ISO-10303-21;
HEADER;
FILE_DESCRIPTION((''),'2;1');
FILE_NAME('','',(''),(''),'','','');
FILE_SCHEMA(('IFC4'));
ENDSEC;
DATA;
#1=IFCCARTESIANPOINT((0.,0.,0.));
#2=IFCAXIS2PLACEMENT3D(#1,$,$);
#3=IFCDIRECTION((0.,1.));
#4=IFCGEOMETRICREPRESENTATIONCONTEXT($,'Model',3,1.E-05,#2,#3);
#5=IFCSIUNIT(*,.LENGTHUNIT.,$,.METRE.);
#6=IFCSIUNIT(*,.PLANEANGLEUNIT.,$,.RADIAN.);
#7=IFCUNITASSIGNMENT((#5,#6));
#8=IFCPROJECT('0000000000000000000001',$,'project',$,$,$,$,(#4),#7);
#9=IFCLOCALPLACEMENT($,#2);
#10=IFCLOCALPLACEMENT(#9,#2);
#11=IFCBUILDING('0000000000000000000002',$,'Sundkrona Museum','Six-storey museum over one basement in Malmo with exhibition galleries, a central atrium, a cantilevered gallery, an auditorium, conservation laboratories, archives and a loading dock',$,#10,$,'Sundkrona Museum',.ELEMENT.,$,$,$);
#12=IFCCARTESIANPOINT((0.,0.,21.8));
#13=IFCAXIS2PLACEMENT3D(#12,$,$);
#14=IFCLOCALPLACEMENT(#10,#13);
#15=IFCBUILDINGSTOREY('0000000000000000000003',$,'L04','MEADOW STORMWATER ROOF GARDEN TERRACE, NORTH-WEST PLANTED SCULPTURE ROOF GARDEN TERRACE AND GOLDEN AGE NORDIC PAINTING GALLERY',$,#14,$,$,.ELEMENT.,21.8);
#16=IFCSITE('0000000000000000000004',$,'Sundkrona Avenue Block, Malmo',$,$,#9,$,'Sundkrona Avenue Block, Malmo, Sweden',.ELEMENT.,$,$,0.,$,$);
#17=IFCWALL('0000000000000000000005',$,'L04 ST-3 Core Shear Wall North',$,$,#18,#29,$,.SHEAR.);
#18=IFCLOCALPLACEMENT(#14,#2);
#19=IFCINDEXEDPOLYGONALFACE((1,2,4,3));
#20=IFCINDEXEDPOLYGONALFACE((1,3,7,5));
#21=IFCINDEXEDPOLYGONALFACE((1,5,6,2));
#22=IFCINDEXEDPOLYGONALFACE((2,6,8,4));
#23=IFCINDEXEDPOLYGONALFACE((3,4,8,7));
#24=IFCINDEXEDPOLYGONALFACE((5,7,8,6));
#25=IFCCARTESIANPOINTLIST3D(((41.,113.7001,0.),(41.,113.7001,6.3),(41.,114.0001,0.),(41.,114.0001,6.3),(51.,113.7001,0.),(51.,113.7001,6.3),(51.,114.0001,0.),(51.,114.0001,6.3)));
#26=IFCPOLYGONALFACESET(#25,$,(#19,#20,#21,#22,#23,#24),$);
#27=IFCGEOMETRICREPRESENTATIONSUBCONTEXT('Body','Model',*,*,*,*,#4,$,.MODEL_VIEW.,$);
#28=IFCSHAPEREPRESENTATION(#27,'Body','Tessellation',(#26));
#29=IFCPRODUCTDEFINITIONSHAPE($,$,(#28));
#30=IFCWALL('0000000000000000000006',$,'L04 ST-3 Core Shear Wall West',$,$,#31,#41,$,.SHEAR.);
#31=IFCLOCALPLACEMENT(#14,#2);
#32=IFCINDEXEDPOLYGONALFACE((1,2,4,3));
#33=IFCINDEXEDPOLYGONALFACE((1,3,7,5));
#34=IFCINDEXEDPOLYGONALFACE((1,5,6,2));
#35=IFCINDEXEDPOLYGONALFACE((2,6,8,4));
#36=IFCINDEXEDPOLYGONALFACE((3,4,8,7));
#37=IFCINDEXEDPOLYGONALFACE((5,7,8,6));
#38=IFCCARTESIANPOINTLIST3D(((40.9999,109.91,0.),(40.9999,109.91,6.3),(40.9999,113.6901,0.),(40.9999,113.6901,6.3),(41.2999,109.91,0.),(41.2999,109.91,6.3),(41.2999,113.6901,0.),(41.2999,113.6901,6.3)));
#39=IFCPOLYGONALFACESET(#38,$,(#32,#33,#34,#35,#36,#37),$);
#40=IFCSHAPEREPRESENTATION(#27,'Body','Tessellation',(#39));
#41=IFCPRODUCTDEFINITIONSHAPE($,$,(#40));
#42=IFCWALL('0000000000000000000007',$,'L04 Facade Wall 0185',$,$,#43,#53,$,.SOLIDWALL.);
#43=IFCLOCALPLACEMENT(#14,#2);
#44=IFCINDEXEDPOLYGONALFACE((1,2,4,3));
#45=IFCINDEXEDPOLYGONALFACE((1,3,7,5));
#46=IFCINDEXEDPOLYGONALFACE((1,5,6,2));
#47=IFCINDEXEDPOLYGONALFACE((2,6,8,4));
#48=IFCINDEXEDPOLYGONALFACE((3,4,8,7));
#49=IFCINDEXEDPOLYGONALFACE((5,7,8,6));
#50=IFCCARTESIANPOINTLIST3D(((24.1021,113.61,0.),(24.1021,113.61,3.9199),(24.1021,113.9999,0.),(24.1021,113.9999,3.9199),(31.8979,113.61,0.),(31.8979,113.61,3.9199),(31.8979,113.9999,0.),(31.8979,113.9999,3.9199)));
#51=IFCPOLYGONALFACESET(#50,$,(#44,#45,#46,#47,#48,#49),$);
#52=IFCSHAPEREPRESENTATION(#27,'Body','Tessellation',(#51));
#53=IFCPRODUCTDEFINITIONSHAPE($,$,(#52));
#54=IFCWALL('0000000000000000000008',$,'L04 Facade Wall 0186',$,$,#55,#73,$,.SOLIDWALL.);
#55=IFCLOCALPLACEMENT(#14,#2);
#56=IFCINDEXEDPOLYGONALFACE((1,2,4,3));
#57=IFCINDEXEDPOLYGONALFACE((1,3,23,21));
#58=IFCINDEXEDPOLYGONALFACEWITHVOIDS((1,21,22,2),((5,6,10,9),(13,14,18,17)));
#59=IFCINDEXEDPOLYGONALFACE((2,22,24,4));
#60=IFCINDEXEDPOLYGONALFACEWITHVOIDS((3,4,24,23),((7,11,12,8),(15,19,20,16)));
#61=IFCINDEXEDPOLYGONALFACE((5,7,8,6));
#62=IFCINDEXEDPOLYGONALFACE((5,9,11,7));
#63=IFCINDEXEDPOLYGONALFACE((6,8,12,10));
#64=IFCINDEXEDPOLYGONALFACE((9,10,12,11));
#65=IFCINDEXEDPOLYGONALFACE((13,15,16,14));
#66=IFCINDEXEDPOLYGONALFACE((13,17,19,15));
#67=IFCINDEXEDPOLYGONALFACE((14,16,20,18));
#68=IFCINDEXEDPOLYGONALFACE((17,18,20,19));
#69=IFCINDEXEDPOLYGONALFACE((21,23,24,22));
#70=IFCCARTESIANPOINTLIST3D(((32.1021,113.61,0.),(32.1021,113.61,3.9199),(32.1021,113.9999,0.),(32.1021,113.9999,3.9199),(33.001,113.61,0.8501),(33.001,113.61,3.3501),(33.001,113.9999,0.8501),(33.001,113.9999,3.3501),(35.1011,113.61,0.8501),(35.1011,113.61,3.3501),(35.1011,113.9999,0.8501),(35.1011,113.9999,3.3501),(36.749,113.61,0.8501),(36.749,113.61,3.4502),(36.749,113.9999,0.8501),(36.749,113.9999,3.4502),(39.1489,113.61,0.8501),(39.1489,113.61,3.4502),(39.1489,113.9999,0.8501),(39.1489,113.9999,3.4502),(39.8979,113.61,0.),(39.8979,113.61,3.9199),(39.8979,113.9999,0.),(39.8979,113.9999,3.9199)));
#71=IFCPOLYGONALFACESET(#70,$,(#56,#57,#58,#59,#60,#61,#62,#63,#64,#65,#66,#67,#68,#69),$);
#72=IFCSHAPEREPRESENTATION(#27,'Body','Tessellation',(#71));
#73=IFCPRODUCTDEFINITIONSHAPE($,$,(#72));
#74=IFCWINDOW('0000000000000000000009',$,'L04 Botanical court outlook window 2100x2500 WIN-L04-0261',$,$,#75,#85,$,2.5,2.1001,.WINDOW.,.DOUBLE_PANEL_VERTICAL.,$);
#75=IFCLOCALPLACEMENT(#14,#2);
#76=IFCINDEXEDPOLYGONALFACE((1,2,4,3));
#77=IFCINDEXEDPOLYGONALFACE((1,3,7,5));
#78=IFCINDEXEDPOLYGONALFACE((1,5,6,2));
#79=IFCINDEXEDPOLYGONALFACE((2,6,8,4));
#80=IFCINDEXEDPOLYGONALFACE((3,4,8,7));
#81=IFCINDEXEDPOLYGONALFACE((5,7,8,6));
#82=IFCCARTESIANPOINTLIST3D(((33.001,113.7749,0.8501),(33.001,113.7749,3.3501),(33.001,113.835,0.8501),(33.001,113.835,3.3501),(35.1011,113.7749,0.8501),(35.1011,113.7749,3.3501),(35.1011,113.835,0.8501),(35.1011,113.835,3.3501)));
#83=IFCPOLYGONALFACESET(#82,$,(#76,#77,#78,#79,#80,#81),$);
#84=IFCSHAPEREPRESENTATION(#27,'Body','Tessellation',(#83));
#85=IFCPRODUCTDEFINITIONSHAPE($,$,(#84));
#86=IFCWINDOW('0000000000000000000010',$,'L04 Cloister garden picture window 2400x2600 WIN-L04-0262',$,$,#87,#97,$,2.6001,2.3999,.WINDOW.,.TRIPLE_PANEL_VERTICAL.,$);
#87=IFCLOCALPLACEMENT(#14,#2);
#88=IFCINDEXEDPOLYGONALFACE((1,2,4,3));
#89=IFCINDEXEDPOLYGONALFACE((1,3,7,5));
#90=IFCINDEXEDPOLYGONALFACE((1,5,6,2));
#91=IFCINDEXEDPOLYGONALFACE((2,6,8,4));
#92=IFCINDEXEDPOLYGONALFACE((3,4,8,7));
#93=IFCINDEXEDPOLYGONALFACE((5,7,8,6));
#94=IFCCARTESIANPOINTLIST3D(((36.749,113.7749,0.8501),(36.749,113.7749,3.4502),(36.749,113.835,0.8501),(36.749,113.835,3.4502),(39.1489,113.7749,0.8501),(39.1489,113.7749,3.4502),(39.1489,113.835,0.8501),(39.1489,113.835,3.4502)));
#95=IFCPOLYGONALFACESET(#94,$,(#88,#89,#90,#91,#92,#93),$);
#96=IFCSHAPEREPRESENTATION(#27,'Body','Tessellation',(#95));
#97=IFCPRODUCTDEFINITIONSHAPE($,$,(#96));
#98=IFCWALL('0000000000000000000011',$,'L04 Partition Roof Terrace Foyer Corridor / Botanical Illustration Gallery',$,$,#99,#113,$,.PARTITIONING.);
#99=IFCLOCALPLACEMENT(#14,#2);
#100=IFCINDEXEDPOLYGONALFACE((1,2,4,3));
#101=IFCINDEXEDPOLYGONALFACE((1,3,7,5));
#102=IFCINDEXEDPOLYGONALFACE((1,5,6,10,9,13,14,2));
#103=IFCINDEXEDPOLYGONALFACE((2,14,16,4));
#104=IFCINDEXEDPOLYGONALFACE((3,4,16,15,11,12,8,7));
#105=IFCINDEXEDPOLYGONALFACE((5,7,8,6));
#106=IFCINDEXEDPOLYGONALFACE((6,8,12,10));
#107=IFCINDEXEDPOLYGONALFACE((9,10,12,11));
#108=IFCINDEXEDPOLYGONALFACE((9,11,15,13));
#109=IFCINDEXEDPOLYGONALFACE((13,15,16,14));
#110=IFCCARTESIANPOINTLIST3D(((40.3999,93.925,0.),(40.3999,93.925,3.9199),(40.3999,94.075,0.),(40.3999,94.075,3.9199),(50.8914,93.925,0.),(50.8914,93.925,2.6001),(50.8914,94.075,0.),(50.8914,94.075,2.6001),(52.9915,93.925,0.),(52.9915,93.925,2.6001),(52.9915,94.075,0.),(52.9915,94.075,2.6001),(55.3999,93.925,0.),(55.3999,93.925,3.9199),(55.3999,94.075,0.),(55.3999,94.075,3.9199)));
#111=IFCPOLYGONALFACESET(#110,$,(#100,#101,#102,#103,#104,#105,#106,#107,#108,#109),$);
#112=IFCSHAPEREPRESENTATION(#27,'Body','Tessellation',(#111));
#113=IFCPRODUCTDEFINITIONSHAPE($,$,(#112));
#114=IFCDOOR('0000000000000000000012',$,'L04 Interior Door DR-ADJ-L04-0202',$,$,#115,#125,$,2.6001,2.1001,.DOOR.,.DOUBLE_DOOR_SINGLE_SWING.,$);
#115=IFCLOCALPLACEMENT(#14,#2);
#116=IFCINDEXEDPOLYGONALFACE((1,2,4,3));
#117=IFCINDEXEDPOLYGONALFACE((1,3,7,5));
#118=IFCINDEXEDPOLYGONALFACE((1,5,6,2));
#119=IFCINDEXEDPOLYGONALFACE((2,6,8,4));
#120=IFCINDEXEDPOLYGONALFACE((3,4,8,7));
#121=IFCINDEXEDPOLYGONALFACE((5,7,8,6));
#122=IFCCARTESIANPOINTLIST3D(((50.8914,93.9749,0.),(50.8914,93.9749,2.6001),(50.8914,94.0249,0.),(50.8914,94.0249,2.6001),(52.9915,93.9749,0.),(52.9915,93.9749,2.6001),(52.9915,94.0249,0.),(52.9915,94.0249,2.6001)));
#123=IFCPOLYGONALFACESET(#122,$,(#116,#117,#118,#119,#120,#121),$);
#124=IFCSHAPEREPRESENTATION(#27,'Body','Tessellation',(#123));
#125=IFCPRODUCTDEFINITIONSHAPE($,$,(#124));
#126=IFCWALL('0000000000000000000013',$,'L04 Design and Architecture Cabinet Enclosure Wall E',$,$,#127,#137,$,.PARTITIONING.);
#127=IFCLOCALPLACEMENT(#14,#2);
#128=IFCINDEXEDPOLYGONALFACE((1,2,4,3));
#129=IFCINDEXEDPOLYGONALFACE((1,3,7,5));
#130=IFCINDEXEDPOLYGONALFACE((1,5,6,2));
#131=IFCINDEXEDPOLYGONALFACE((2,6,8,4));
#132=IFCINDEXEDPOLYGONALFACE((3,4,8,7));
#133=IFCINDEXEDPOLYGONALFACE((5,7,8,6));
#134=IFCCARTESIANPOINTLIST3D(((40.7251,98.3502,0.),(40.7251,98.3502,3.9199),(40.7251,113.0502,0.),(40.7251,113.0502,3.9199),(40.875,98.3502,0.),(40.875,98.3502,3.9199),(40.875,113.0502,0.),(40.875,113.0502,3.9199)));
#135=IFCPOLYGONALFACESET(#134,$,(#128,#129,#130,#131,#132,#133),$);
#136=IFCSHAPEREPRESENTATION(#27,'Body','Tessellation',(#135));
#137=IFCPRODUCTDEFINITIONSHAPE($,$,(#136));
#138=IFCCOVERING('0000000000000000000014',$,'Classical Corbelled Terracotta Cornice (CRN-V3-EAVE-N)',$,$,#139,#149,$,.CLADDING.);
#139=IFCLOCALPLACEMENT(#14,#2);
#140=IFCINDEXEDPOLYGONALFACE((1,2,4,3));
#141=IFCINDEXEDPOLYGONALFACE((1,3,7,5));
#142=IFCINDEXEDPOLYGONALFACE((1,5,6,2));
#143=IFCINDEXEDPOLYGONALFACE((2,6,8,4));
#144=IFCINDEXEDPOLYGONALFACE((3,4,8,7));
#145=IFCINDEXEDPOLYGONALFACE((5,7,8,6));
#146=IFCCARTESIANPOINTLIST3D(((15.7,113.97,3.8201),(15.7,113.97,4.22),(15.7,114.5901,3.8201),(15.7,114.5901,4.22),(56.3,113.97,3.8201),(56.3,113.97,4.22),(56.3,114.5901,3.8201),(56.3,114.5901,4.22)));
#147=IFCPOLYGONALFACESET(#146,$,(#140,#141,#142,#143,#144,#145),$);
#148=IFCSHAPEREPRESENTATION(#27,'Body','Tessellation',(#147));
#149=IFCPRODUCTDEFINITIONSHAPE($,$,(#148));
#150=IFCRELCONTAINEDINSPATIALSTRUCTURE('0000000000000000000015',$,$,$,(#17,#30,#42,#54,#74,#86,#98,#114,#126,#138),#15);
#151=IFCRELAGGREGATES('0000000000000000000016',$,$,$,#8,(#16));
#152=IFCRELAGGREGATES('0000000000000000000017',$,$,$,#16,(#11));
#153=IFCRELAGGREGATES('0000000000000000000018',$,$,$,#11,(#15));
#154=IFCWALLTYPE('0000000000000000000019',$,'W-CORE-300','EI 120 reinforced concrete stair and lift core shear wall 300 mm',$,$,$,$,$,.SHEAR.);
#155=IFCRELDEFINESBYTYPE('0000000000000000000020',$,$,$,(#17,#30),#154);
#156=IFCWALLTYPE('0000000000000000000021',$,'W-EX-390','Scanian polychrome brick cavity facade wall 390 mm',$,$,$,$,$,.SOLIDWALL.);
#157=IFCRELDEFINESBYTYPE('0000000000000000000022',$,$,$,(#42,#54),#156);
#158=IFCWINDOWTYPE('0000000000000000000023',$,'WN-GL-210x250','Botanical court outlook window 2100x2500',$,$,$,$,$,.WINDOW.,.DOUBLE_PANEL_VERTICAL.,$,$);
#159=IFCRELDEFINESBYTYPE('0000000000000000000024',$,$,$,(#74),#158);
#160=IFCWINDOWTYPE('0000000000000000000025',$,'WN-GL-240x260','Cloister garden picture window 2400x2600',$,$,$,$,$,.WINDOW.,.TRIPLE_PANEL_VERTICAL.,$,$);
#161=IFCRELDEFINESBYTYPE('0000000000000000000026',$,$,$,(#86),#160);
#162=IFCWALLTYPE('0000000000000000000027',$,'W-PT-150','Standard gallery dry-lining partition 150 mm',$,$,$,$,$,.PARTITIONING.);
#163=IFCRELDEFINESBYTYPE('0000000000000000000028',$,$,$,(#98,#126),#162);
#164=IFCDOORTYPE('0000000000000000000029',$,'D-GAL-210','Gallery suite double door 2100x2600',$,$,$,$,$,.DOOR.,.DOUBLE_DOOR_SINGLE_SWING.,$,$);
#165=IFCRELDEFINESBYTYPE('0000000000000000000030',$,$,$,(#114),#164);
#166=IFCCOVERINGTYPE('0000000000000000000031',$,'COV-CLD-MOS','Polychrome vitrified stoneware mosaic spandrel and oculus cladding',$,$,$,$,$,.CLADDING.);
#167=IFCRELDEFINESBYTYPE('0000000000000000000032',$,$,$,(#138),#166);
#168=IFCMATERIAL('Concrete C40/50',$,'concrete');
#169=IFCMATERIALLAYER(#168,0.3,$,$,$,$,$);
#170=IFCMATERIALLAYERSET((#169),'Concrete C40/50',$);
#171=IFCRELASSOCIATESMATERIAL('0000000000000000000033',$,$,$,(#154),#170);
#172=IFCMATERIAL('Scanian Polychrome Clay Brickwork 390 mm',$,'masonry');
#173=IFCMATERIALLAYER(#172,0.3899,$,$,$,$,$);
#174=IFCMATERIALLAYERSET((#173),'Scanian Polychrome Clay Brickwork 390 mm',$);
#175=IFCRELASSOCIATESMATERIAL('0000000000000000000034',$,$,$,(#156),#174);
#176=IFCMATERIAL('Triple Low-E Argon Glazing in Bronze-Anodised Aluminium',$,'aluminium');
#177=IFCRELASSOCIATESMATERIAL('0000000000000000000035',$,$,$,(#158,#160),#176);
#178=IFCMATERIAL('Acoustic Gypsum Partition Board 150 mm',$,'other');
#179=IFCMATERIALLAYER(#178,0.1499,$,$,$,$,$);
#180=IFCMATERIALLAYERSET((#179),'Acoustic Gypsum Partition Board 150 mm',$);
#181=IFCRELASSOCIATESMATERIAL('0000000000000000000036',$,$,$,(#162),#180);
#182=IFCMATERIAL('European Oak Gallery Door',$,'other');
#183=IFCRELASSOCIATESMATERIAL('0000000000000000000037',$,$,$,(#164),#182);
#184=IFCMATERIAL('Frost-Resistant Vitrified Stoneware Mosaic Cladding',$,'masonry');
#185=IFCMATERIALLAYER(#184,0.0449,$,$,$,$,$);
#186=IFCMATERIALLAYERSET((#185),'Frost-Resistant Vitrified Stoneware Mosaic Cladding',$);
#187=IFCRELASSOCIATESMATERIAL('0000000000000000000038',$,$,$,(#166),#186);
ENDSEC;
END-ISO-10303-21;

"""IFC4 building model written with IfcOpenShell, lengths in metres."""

from ifc_helpers import new_model, si_unit, direction, frame, frame_2d, origin, origin_2d, place, context, subcontext, project, spatial, rectangle, extrude, material, layer, layer_set, type_object, element, fill, save


model = new_model("IFC4")

# Units and contexts
model_context = context("Model", 3, precision=1e-05, world=origin(), true_north=direction((0.0, 1.0)))
body_context = subcontext(model_context, "Body", "Model", "MODEL_VIEW")
ifc_project = project(units=[si_unit("LENGTHUNIT", "METRE"), si_unit("PLANEANGLEUNIT", "RADIAN")], contexts=[model_context])

# Site, building, storey
site_placement = place(None, origin())
site = spatial("IfcSite", under=ifc_project, at=site_placement, Name="Sundkrona Avenue Block, Malmo", LongName="Sundkrona Avenue Block, Malmo, Sweden", CompositionType="ELEMENT", RefElevation=0.0)
building_placement = place(site_placement, origin())
building = spatial("IfcBuilding", under=site, at=building_placement, Name="Sundkrona Museum", Description="Six-storey museum over one basement in Malmo with exhibition galleries, a central atrium, a cantilevered gallery, an auditorium, conservation laboratories, archives and a loading dock", LongName="Sundkrona Museum", CompositionType="ELEMENT")
storey_placement = place(building_placement, frame((0.0, 0.0, 21.8)))
storey = spatial("IfcBuildingStorey", under=building, at=storey_placement, Name="L04", Description="MEADOW STORMWATER ROOF GARDEN TERRACE, NORTH-WEST PLANTED SCULPTURE ROOF GARDEN TERRACE AND GOLDEN AGE NORDIC PAINTING GALLERY", CompositionType="ELEMENT", Elevation=21.8)

# Walls
ifc_material_1 = material(Name="Concrete C40/50", Category="concrete")
ifc_layer_1 = layer(ifc_material_1, 0.3)
ifc_layer_set_1 = layer_set([ifc_layer_1], Name="Concrete C40/50")
wall_type_1 = type_object("IfcWallType", Name="W-CORE-300", Description="EI 120 reinforced concrete stair and lift core shear wall 300 mm", PredefinedType="SHEAR", material=ifc_layer_set_1)
for number, where, z_axis, x_axis, name in (
    (1, (41.0, 113.8501, 0.0), (0.0, 0.0, 1.0), (1.0, 0.0, 0.0), "L04 ST-3 Core Shear Wall North"),
):
    element("IfcWall", number, at=place(storey_placement, frame(where, z_axis=z_axis, x_axis=x_axis)), inside=storey, type_object=wall_type_1, Name=name, PredefinedType="SHEAR", context=body_context, shape_type="SweptSolid", body=[
        extrude(rectangle(XDim=10.0, YDim=0.3, at=frame_2d((5.0, 0.0))), origin(), (0.0, 0.0, 1.0), 6.3),
    ])
wall_1_placement = place(storey_placement, frame((41.1499, 109.9099, 0.0), z_axis=(0.0, 0.0, 1.0), x_axis=(0.0, 1.0, 0.0)))
element("IfcWall", 2, at=wall_1_placement, inside=storey, type_object=wall_type_1, Name="L04 ST-3 Core Shear Wall West", PredefinedType="SHEAR", context=body_context, shape_type="SweptSolid", body=[
    extrude(rectangle(XDim=3.78, YDim=0.3, at=frame_2d((1.8901, 0.0))), origin(), (0.0, 0.0, 1.0), 6.3),
])
ifc_material_2 = material(Name="Scanian Polychrome Clay Brickwork 390 mm", Category="masonry")
ifc_layer_2 = layer(ifc_material_2, 0.3899)
ifc_layer_set_2 = layer_set([ifc_layer_2], Name="Scanian Polychrome Clay Brickwork 390 mm")
wall_type_2 = type_object("IfcWallType", Name="W-EX-390", Description="Scanian polychrome brick cavity facade wall 390 mm", PredefinedType="SOLIDWALL", material=ifc_layer_set_2)
wall_2_placement = place(storey_placement, frame((24.1021, 113.8049, 0.0), z_axis=(0.0, 0.0, 1.0), x_axis=(1.0, 0.0, 0.0)))
element("IfcWall", 3, at=wall_2_placement, inside=storey, type_object=wall_type_2, Name="L04 Facade Wall 0185", PredefinedType="SOLIDWALL", context=body_context, shape_type="SweptSolid", body=[
    extrude(rectangle(XDim=7.7959, YDim=0.3899, at=frame_2d((3.8979, 0.0))), origin(), (0.0, 0.0, 1.0), 3.9199),
])

# Wall, openings, windows
wall_3_placement = place(storey_placement, frame((32.1021, 113.8049, 0.0), z_axis=(0.0, 0.0, 1.0), x_axis=(1.0, 0.0, 0.0)))
wall_3 = element("IfcWall", 4, at=wall_3_placement, inside=storey, type_object=wall_type_2, Name="L04 Facade Wall 0186", PredefinedType="SOLIDWALL", context=body_context, shape_type="SweptSolid", body=[
    extrude(rectangle(XDim=7.7959, YDim=0.3899, at=frame_2d((3.8979, 0.0))), origin(), (0.0, 0.0, 1.0), 3.9199),
])
opening_1_placement = place(wall_3_placement, frame((0.8989, 0.0, 0.8501)))
opening_1 = element("IfcOpeningElement", 5, at=opening_1_placement, cuts=wall_3, PredefinedType="OPENING", context=body_context, shape_type="SweptSolid", body=[
    extrude(rectangle(XDim=2.1001, YDim=2.5, at=frame_2d((1.05, 1.25))), frame((0.0, 0.2048, 0.0), z_axis=(0.0, -1.0, 0.0), x_axis=(1.0, 0.0, 0.0)), (0.0, 0.0, 1.0), 0.4099),
])
opening_2_placement = place(wall_3_placement, frame((4.647, 0.0, 0.8501)))
opening_2 = element("IfcOpeningElement", 6, at=opening_2_placement, cuts=wall_3, PredefinedType="OPENING", context=body_context, shape_type="SweptSolid", body=[
    extrude(rectangle(XDim=2.3999, YDim=2.6001, at=frame_2d((1.2, 1.3))), frame((0.0, 0.2048, 0.0), z_axis=(0.0, -1.0, 0.0), x_axis=(1.0, 0.0, 0.0)), (0.0, 0.0, 1.0), 0.4099),
])
ifc_material_3 = material(Name="Triple Low-E Argon Glazing in Bronze-Anodised Aluminium", Category="aluminium")
window_type_1 = type_object("IfcWindowType", Name="WN-GL-210x250", Description="Botanical court outlook window 2100x2500", PartitioningType="DOUBLE_PANEL_VERTICAL", PredefinedType="WINDOW", material=ifc_material_3)
window_1_placement = place(opening_1_placement, origin())
window_1 = element("IfcWindow", 7, at=window_1_placement, inside=storey, type_object=window_type_1, Name="L04 Botanical court outlook window 2100x2500 WIN-L04-0261", OverallHeight=2.5, OverallWidth=2.1001, PartitioningType="DOUBLE_PANEL_VERTICAL", PredefinedType="WINDOW", context=body_context, shape_type="SweptSolid", body=[
    extrude(rectangle(XDim=2.1001, YDim=2.5, at=frame_2d((1.05, 1.25))), frame((0.0, 0.03, 0.0), z_axis=(0.0, -1.0, 0.0), x_axis=(1.0, 0.0, 0.0)), (0.0, 0.0, 1.0), 0.0601),
])
fill(opening_1, window_1)
window_type_2 = type_object("IfcWindowType", Name="WN-GL-240x260", Description="Cloister garden picture window 2400x2600", PartitioningType="TRIPLE_PANEL_VERTICAL", PredefinedType="WINDOW", material=ifc_material_3)
window_2_placement = place(opening_2_placement, origin())
window_2 = element("IfcWindow", 8, at=window_2_placement, inside=storey, type_object=window_type_2, Name="L04 Cloister garden picture window 2400x2600 WIN-L04-0262", OverallHeight=2.6001, OverallWidth=2.3999, PartitioningType="TRIPLE_PANEL_VERTICAL", PredefinedType="WINDOW", context=body_context, shape_type="SweptSolid", body=[
    extrude(rectangle(XDim=2.3999, YDim=2.6001, at=frame_2d((1.2, 1.3))), frame((0.0, 0.03, 0.0), z_axis=(0.0, -1.0, 0.0), x_axis=(1.0, 0.0, 0.0)), (0.0, 0.0, 1.0), 0.0601),
])
fill(opening_2, window_2)

# Wall, opening, door
ifc_material_4 = material(Name="Acoustic Gypsum Partition Board 150 mm", Category="other")
ifc_layer_3 = layer(ifc_material_4, 0.1499)
ifc_layer_set_3 = layer_set([ifc_layer_3], Name="Acoustic Gypsum Partition Board 150 mm")
wall_type_3 = type_object("IfcWallType", Name="W-PT-150", Description="Standard gallery dry-lining partition 150 mm", PredefinedType="PARTITIONING", material=ifc_layer_set_3)
wall_4_placement = place(storey_placement, frame((40.3999, 94.0, 0.0), z_axis=(0.0, 0.0, 1.0), x_axis=(1.0, 0.0, 0.0)))
wall_4 = element("IfcWall", 9, at=wall_4_placement, inside=storey, type_object=wall_type_3, Name="L04 Partition Roof Terrace Foyer Corridor / Botanical Illustration Gallery", PredefinedType="PARTITIONING", context=body_context, shape_type="SweptSolid", body=[
    extrude(rectangle(XDim=15.0, YDim=0.1499, at=frame_2d((7.5, 0.0))), origin(), (0.0, 0.0, 1.0), 3.9199),
])
opening_3_placement = place(wall_4_placement, frame((10.4915, 0.0, 0.0)))
opening_3 = element("IfcOpeningElement", 10, at=opening_3_placement, cuts=wall_4, PredefinedType="OPENING", context=body_context, shape_type="SweptSolid", body=[
    extrude(rectangle(XDim=2.1001, YDim=2.6001, at=frame_2d((1.05, 1.3))), frame((0.0, 0.085, 0.0), z_axis=(0.0, -1.0, 0.0), x_axis=(1.0, 0.0, 0.0)), (0.0, 0.0, 1.0), 0.1699),
])
ifc_material_5 = material(Name="European Oak Gallery Door", Category="other")
door_type = type_object("IfcDoorType", Name="D-GAL-210", Description="Gallery suite double door 2100x2600", OperationType="DOUBLE_DOOR_SINGLE_SWING", PredefinedType="DOOR", material=ifc_material_5)
door_placement = place(opening_3_placement, origin())
door = element("IfcDoor", 11, at=door_placement, inside=storey, type_object=door_type, Name="L04 Interior Door DR-ADJ-L04-0202", OperationType="DOUBLE_DOOR_SINGLE_SWING", OverallHeight=2.6001, OverallWidth=2.1001, PredefinedType="DOOR", context=body_context, shape_type="SweptSolid", body=[
    extrude(rectangle(XDim=2.1001, YDim=2.6001, at=frame_2d((1.05, 1.3))), frame((0.0, 0.0249, 0.0), z_axis=(0.0, -1.0, 0.0), x_axis=(1.0, 0.0, 0.0)), (0.0, 0.0, 1.0), 0.05),
])
fill(opening_3, door)

# Wall
wall_5_placement = place(storey_placement, frame((40.8, 98.3501, 0.0), z_axis=(0.0, 0.0, 1.0), x_axis=(0.0, 1.0, 0.0)))
element("IfcWall", 12, at=wall_5_placement, inside=storey, type_object=wall_type_3, Name="L04 Design and Architecture Cabinet Enclosure Wall E", PredefinedType="PARTITIONING", context=body_context, shape_type="SweptSolid", body=[
    extrude(rectangle(XDim=14.7, YDim=0.1499, at=frame_2d((7.3501, 0.0))), origin(), (0.0, 0.0, 1.0), 3.9199),
])

# Covering
ifc_material_6 = material(Name="Frost-Resistant Vitrified Stoneware Mosaic Cladding", Category="masonry")
ifc_layer_4 = layer(ifc_material_6, 0.0449)
ifc_layer_set_4 = layer_set([ifc_layer_4], Name="Frost-Resistant Vitrified Stoneware Mosaic Cladding")
covering_type = type_object("IfcCoveringType", Name="COV-CLD-MOS", Description="Polychrome vitrified stoneware mosaic spandrel and oculus cladding", PredefinedType="CLADDING", material=ifc_layer_set_4)
covering_placement = place(storey_placement, frame((36.0, 114.28, 3.8201), z_axis=(0.0, 0.0, 1.0), x_axis=(1.0, 0.0, 0.0)))
element("IfcCovering", 13, at=covering_placement, inside=storey, type_object=covering_type, Name="Classical Corbelled Terracotta Cornice (CRN-V3-EAVE-N)", PredefinedType="CLADDING", context=body_context, shape_type="SweptSolid", body=[
    extrude(rectangle(XDim=40.6001, YDim=0.6201, at=origin_2d()), origin(), (0.0, 0.0, 1.0), 0.3999),
])

save(model, "model.ifc")
